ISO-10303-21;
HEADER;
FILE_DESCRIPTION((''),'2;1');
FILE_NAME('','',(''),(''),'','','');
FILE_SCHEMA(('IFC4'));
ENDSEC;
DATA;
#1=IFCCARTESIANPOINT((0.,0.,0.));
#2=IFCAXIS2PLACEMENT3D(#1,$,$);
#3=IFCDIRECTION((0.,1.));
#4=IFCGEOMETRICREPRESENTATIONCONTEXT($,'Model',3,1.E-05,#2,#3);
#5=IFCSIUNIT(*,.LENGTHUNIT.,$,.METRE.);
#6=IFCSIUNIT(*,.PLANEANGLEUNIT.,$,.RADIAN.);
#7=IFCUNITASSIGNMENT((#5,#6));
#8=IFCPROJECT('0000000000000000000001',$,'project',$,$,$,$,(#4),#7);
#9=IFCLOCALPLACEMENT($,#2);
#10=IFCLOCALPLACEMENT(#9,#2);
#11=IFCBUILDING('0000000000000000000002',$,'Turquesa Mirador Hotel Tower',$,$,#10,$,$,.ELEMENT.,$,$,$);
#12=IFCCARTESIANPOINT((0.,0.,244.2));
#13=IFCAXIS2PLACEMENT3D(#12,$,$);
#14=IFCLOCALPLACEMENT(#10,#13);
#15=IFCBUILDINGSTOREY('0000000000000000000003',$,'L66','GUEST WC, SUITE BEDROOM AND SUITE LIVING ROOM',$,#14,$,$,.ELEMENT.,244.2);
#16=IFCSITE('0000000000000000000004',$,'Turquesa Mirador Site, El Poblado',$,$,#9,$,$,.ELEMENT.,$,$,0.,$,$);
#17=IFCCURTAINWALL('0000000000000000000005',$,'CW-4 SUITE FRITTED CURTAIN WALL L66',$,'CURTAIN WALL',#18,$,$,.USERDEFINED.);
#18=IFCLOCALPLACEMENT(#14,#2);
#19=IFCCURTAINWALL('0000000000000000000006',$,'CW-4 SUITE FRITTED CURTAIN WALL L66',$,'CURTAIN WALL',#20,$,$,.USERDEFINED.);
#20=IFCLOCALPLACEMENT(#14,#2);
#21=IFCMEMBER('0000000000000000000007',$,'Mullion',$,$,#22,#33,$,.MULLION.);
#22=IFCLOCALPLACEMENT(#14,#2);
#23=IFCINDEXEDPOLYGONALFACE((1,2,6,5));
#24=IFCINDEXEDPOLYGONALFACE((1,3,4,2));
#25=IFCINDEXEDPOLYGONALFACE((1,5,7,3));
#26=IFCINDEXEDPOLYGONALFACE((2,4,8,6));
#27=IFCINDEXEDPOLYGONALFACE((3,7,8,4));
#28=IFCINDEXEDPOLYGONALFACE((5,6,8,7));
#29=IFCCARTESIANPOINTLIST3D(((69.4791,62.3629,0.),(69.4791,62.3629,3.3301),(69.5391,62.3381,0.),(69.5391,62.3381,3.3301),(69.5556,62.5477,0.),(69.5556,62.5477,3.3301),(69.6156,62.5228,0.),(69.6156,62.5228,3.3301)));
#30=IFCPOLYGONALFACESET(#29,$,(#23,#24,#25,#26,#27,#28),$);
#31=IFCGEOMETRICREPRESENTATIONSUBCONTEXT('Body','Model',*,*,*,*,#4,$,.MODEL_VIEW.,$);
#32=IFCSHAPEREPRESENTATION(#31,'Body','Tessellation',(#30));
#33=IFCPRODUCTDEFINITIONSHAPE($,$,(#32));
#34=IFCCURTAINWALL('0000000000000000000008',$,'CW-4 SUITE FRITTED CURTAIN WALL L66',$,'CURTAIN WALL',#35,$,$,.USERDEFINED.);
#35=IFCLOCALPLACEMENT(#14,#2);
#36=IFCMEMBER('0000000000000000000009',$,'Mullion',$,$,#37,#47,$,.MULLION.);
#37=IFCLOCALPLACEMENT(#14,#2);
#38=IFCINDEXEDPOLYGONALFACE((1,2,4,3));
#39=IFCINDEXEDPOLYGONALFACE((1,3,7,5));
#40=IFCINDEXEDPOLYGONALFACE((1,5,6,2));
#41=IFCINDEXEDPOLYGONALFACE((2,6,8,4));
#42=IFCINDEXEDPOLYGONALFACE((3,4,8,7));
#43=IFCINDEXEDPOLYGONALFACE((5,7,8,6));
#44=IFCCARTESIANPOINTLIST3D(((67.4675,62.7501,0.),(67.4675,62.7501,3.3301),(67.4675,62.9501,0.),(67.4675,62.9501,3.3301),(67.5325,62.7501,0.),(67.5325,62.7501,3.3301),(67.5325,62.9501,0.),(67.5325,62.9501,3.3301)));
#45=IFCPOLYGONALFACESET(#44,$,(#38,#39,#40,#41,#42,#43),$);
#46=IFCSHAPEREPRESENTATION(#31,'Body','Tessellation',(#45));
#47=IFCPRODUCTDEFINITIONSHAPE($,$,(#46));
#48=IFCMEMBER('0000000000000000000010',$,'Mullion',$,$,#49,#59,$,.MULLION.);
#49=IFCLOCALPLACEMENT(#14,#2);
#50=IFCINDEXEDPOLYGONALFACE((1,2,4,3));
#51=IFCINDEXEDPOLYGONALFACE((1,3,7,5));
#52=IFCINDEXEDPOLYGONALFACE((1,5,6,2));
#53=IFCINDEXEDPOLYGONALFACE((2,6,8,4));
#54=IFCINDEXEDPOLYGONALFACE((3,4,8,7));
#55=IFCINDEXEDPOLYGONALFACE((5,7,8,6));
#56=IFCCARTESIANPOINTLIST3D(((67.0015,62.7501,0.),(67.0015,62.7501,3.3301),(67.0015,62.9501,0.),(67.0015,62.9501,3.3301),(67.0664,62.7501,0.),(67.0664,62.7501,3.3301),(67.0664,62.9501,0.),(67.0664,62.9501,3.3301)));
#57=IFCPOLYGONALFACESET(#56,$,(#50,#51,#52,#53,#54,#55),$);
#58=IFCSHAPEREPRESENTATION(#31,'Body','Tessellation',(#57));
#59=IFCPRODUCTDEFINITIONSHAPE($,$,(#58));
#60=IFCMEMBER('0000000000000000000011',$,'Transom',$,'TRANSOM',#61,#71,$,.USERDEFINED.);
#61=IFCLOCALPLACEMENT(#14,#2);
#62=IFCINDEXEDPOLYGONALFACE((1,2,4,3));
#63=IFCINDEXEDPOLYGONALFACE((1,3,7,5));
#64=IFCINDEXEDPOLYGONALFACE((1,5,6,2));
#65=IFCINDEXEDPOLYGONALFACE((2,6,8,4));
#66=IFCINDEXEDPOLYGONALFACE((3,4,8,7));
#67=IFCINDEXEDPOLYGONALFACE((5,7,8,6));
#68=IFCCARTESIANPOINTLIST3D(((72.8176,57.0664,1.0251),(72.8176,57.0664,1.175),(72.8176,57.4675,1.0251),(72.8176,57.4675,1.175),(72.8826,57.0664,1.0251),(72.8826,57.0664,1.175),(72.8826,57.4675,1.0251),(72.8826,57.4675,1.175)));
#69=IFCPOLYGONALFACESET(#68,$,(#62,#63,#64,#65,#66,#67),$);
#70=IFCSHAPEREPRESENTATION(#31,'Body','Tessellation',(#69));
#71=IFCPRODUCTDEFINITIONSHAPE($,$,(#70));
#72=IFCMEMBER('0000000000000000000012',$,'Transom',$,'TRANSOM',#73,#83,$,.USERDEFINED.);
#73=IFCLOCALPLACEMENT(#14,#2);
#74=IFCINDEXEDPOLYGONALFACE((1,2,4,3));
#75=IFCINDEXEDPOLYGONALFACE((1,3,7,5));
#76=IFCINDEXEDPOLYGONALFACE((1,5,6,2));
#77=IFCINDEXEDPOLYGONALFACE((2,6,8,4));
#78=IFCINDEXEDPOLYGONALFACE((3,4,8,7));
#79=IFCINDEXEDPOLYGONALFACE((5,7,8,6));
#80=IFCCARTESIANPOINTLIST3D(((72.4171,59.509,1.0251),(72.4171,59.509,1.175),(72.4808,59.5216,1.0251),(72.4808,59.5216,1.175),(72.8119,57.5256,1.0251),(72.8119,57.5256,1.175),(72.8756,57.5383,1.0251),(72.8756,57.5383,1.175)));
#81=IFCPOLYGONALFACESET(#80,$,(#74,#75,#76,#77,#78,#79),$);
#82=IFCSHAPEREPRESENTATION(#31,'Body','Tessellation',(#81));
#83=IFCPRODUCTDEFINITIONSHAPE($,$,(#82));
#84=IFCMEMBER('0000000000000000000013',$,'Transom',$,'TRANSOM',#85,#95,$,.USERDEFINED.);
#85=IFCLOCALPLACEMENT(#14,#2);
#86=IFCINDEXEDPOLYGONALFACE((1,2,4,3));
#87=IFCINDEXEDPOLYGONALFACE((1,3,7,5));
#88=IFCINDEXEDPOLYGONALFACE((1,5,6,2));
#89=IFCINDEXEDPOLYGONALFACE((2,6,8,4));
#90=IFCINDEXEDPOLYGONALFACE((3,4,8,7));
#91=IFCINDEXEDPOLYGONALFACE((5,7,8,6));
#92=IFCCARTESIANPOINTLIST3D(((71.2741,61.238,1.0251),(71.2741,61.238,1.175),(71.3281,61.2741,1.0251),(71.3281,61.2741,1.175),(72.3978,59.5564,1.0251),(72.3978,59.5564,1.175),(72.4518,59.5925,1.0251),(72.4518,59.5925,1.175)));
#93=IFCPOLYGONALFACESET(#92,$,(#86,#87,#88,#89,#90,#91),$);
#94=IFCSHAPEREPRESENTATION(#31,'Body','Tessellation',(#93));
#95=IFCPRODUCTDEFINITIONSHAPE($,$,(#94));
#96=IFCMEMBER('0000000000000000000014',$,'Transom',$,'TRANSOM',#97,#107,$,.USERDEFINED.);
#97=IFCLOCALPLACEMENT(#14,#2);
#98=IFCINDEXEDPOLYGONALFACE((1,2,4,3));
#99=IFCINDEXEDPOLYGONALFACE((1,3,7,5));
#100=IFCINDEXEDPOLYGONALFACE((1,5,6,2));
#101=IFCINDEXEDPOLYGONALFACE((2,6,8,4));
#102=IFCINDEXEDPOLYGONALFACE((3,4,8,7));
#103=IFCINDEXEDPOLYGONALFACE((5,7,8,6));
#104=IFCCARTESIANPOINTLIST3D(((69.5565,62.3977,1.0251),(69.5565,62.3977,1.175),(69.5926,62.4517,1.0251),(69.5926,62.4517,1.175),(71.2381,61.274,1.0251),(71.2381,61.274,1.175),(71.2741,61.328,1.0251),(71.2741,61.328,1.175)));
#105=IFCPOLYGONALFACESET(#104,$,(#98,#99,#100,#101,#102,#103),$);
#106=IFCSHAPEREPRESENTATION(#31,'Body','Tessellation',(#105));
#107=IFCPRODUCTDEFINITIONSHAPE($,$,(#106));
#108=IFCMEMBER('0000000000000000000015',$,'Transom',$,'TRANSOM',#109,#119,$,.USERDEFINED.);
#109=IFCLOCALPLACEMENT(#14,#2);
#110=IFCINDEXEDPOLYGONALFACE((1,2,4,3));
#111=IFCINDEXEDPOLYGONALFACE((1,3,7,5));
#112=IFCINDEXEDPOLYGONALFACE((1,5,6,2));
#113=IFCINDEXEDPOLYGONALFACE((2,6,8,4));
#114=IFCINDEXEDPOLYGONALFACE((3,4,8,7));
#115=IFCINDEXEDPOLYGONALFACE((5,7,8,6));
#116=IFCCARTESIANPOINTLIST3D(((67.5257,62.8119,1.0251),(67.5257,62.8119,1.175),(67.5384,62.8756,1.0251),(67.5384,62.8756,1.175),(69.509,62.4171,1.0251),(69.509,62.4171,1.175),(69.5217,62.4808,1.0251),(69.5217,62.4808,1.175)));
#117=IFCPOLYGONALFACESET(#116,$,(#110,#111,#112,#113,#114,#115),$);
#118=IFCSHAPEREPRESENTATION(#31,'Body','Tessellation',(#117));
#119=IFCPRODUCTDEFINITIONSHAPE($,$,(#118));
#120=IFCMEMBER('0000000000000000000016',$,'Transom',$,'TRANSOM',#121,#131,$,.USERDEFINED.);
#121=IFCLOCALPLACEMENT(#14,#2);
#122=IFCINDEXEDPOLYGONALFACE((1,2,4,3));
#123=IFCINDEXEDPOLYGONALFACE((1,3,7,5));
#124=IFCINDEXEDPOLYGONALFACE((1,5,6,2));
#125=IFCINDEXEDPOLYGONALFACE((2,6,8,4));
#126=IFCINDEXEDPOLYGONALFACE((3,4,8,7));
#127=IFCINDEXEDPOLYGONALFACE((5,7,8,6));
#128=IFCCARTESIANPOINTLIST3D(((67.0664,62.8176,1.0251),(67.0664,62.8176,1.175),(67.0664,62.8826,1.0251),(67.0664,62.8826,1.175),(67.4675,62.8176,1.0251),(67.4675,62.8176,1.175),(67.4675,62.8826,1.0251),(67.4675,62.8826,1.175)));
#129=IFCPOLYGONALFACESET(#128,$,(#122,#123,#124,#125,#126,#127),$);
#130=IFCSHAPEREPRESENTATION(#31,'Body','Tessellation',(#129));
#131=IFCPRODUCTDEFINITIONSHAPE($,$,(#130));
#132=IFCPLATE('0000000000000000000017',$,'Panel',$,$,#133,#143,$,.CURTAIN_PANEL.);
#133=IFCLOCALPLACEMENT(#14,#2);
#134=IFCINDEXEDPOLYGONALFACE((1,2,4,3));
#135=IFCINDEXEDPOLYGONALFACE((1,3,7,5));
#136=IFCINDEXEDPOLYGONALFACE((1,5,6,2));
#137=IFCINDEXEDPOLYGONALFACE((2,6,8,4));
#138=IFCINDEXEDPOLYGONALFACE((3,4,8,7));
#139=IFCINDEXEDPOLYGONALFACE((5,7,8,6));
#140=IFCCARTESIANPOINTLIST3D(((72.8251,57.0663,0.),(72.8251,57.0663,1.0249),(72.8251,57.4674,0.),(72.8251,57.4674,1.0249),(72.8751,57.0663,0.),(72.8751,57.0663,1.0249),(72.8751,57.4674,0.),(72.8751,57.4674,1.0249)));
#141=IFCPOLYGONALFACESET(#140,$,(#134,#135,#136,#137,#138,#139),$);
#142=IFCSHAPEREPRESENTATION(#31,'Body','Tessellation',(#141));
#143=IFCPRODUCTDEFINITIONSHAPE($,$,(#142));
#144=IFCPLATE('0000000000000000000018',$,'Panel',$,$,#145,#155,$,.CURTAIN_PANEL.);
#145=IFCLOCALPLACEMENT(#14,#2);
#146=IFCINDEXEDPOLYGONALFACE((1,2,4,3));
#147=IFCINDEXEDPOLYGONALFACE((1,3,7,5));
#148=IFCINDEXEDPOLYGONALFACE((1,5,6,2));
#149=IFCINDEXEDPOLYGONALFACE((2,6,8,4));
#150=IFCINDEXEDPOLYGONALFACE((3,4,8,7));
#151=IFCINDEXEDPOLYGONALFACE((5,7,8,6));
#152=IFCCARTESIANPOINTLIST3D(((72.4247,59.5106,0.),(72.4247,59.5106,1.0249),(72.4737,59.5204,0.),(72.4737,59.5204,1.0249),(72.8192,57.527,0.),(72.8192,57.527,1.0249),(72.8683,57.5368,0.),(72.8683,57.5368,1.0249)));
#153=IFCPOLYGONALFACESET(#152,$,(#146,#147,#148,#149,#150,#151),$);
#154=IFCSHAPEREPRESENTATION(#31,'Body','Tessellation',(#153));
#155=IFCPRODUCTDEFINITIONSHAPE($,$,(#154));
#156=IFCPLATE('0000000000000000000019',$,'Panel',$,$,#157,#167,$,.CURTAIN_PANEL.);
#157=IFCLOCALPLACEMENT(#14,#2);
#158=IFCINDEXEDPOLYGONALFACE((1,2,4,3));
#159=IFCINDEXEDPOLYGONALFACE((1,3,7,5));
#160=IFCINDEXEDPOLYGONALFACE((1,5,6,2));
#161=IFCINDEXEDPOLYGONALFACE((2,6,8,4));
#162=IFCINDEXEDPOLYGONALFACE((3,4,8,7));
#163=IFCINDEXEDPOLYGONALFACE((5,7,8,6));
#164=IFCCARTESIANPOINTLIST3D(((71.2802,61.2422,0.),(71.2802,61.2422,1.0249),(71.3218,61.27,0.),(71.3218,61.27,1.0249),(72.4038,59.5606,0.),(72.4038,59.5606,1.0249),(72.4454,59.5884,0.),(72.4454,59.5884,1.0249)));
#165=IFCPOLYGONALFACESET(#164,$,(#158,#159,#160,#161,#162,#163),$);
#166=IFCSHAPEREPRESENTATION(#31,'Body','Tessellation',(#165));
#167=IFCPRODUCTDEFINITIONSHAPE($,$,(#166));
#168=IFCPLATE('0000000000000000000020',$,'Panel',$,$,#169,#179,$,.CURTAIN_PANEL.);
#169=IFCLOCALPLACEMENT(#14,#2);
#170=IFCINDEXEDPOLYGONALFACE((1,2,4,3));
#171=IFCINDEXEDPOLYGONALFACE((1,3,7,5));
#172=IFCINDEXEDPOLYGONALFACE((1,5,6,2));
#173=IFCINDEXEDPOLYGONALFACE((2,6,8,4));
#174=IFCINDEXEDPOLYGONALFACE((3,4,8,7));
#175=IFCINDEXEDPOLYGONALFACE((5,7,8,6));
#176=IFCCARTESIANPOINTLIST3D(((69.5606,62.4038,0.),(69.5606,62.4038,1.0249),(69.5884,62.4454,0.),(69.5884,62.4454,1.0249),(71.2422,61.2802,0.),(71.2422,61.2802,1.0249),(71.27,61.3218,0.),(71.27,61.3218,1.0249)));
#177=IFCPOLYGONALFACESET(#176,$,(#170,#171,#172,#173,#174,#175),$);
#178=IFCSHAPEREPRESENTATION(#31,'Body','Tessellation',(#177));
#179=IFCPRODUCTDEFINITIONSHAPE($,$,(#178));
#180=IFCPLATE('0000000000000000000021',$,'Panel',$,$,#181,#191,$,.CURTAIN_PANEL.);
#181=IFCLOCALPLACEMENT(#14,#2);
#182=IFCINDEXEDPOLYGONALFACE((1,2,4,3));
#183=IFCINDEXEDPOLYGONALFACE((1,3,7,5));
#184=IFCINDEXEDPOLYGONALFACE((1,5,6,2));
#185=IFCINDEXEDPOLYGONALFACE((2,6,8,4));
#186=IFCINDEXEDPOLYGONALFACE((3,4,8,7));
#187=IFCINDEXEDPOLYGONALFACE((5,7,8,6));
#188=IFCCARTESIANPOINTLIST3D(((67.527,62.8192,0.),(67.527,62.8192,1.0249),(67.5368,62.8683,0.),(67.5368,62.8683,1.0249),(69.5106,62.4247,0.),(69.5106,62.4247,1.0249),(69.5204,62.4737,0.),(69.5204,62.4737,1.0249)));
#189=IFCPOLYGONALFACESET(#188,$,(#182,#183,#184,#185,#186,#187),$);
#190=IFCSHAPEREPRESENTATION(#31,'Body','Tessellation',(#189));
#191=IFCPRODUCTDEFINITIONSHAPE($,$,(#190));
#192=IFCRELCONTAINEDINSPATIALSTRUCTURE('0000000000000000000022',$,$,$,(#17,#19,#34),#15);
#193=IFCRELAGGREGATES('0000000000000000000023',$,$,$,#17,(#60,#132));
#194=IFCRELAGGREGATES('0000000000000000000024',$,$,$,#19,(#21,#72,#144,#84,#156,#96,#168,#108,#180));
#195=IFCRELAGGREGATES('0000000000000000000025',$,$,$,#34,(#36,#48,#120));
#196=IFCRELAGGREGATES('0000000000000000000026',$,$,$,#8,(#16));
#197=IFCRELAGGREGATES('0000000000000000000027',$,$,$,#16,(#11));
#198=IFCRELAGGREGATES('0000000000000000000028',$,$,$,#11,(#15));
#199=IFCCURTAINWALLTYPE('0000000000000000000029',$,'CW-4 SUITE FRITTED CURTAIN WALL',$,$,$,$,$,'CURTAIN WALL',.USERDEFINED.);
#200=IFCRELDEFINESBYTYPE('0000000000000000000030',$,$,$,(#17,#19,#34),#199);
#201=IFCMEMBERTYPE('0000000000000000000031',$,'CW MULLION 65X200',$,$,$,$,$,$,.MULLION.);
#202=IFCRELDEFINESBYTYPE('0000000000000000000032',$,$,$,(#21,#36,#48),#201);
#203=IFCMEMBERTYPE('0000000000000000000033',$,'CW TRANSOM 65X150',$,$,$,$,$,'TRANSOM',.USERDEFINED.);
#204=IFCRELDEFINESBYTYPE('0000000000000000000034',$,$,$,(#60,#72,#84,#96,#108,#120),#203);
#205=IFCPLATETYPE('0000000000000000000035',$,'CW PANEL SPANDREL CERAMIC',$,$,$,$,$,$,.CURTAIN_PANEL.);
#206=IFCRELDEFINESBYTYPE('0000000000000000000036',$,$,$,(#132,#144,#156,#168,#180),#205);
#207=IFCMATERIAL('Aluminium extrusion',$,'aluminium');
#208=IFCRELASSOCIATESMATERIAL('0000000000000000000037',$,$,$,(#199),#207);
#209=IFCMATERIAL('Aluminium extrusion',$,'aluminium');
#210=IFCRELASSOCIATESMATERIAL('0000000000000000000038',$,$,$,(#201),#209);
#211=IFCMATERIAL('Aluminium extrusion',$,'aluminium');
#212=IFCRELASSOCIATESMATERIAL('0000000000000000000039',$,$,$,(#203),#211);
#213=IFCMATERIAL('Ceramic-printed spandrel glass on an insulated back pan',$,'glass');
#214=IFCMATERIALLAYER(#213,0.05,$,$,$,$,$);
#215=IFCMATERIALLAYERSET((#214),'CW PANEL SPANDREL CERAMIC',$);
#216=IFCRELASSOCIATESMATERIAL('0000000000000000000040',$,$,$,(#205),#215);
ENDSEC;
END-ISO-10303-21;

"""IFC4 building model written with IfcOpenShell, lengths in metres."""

from ifc_helpers import new_model, si_unit, direction, frame, origin, origin_2d, place, context, subcontext, project, spatial, rectangle, extrude, material, layer, layer_set, material_profile, profile_set, type_object, element, aggregate, save


model = new_model("IFC4")

# Units and contexts
model_context = context("Model", 3, precision=1e-05, world=origin(), true_north=direction((0.0, 1.0)))
body_context = subcontext(model_context, "Body", "Model", "MODEL_VIEW")
ifc_project = project(units=[si_unit("LENGTHUNIT", "METRE"), si_unit("PLANEANGLEUNIT", "RADIAN")], contexts=[model_context])

# Site, building, storey
site_placement = place(None, origin())
site = spatial("IfcSite", under=ifc_project, at=site_placement, Name="Turquesa Mirador Site, El Poblado", CompositionType="ELEMENT", RefElevation=0.0)
building_placement = place(site_placement, origin())
building = spatial("IfcBuilding", under=site, at=building_placement, Name="Turquesa Mirador Hotel Tower", CompositionType="ELEMENT")
storey_placement = place(building_placement, frame((0.0, 0.0, 244.2)))
storey = spatial("IfcBuildingStorey", under=building, at=storey_placement, Name="L66", Description="GUEST WC, SUITE BEDROOM AND SUITE LIVING ROOM", CompositionType="ELEMENT", Elevation=244.2)

# Shared definitions
ifc_material_1 = material(Name="Aluminium extrusion", Category="aluminium")
curtain_wall_type = type_object("IfcCurtainWallType", Name="CW-4 SUITE FRITTED CURTAIN WALL", ElementType="CURTAIN WALL", PredefinedType="USERDEFINED", material=ifc_material_1)
ifc_material_2 = material(Name="Aluminium extrusion", Category="aluminium")
ifc_material_profile_1 = material_profile(ifc_material_2, rectangle(XDim=0.0649, YDim=0.2, at=origin_2d()), Name="MULLION 65X200")
ifc_profile_set_1 = profile_set([ifc_material_profile_1], Name="Aluminium extrusion")
member_type_1 = type_object("IfcMemberType", Name="CW MULLION 65X200", PredefinedType="MULLION", material=ifc_profile_set_1)

# Curtain walls, members
curtain_wall_1_placement = place(storey_placement, origin())
curtain_wall_1 = element("IfcCurtainWall", 1, at=curtain_wall_1_placement, inside=storey, type_object=curtain_wall_type, Name="CW-4 SUITE FRITTED CURTAIN WALL L66", ObjectType="CURTAIN WALL", PredefinedType="USERDEFINED")
curtain_wall_2_placement = place(storey_placement, origin())
curtain_wall_2 = element("IfcCurtainWall", 2, at=curtain_wall_2_placement, inside=storey, type_object=curtain_wall_type, Name="CW-4 SUITE FRITTED CURTAIN WALL L66", ObjectType="CURTAIN WALL", PredefinedType="USERDEFINED")
member_1_placement = place(storey_placement, frame((69.5474, 62.4429, 0.0), z_axis=(0.0, 0.0, 1.0), x_axis=(-0.92388, 0.382683, 0.0)))
member_1 = element("IfcMember", 3, at=member_1_placement, type_object=member_type_1, Name="Mullion", PredefinedType="MULLION", context=body_context, shape_type="SweptSolid", body=[
    extrude(rectangle(XDim=0.0649, YDim=0.2, at=origin_2d()), origin(), (0.0, 0.0, 1.0), 3.3301),
])
curtain_wall_3_placement = place(storey_placement, origin())
curtain_wall_3 = element("IfcCurtainWall", 4, at=curtain_wall_3_placement, inside=storey, type_object=curtain_wall_type, Name="CW-4 SUITE FRITTED CURTAIN WALL L66", ObjectType="CURTAIN WALL", PredefinedType="USERDEFINED")
member_2_placement = place(storey_placement, frame((67.5, 62.8501, 0.0), z_axis=(0.0, 0.0, 1.0), x_axis=(-1.0, 0.0, 0.0)))
member_2 = element("IfcMember", 5, at=member_2_placement, type_object=member_type_1, Name="Mullion", PredefinedType="MULLION", context=body_context, shape_type="SweptSolid", body=[
    extrude(rectangle(XDim=0.0649, YDim=0.2, at=origin_2d()), origin(), (0.0, 0.0, 1.0), 3.3301),
])
member_3_placement = place(storey_placement, frame((67.0339, 62.8501, 0.0), z_axis=(0.0, 0.0, 1.0), x_axis=(-1.0, 0.0, 0.0)))
member_3 = element("IfcMember", 6, at=member_3_placement, type_object=member_type_1, Name="Mullion", PredefinedType="MULLION", context=body_context, shape_type="SweptSolid", body=[
    extrude(rectangle(XDim=0.0649, YDim=0.2, at=origin_2d()), origin(), (0.0, 0.0, 1.0), 3.3301),
])

# Members
ifc_material_3 = material(Name="Aluminium extrusion", Category="aluminium")
ifc_material_profile_2 = material_profile(ifc_material_3, rectangle(XDim=0.0649, YDim=0.1499, at=origin_2d()), Name="TRANSOM 65X150")
ifc_profile_set_2 = profile_set([ifc_material_profile_2], Name="Aluminium extrusion")
member_type_2 = type_object("IfcMemberType", Name="CW TRANSOM 65X150", ElementType="TRANSOM", PredefinedType="USERDEFINED", material=ifc_profile_set_2)
member_4_placement = place(storey_placement, frame((72.8501, 57.0664, 1.1001), z_axis=(0.0, 1.0, 0.0), x_axis=(-1.0, 0.0, 0.0)))
member_4 = element("IfcMember", 7, at=member_4_placement, type_object=member_type_2, Name="Transom", ObjectType="TRANSOM", PredefinedType="USERDEFINED", context=body_context, shape_type="SweptSolid", body=[
    extrude(rectangle(XDim=0.0649, YDim=0.1499, at=origin_2d()), origin(), (0.0, 0.0, 1.0), 0.4011),
])
member_5_placement = place(storey_placement, frame((72.8438, 57.532, 1.1001), z_axis=(-0.195211, 0.980761, 0.0), x_axis=(-0.980761, -0.195211, 0.0)))
member_5 = element("IfcMember", 8, at=member_5_placement, type_object=member_type_2, Name="Transom", ObjectType="TRANSOM", PredefinedType="USERDEFINED", context=body_context, shape_type="SweptSolid", body=[
    extrude(rectangle(XDim=0.0649, YDim=0.1499, at=origin_2d()), origin(), (0.0, 0.0, 1.0), 2.0222),
])
member_6_placement = place(storey_placement, frame((72.4248, 59.5745, 1.1001), z_axis=(-0.555619, 0.831437, 0.0), x_axis=(-0.831437, -0.555619, 0.0)))
member_6 = element("IfcMember", 9, at=member_6_placement, type_object=member_type_2, Name="Transom", ObjectType="TRANSOM", PredefinedType="USERDEFINED", context=body_context, shape_type="SweptSolid", body=[
    extrude(rectangle(XDim=0.0649, YDim=0.1499, at=origin_2d()), origin(), (0.0, 0.0, 1.0), 2.0225),
])
member_7_placement = place(storey_placement, frame((71.2561, 61.301, 1.1001), z_axis=(-0.831437, 0.555619, 0.0), x_axis=(-0.555619, -0.831437, 0.0)))
member_7 = element("IfcMember", 10, at=member_7_placement, type_object=member_type_2, Name="Transom", ObjectType="TRANSOM", PredefinedType="USERDEFINED", context=body_context, shape_type="SweptSolid", body=[
    extrude(rectangle(XDim=0.0649, YDim=0.1499, at=origin_2d()), origin(), (0.0, 0.0, 1.0), 2.0225),
])
member_8_placement = place(storey_placement, frame((69.5154, 62.449, 1.1001), z_axis=(-0.980761, 0.195211, 0.0), x_axis=(-0.195211, -0.980761, 0.0)))
member_8 = element("IfcMember", 11, at=member_8_placement, type_object=member_type_2, Name="Transom", ObjectType="TRANSOM", PredefinedType="USERDEFINED", context=body_context, shape_type="SweptSolid", body=[
    extrude(rectangle(XDim=0.0649, YDim=0.1499, at=origin_2d()), origin(), (0.0, 0.0, 1.0), 2.0222),
])
member_9_placement = place(storey_placement, frame((67.4675, 62.8501, 1.1001), z_axis=(-1.0, 0.0, 0.0), x_axis=(0.0, -1.0, 0.0)))
member_9 = element("IfcMember", 12, at=member_9_placement, type_object=member_type_2, Name="Transom", ObjectType="TRANSOM", PredefinedType="USERDEFINED", context=body_context, shape_type="SweptSolid", body=[
    extrude(rectangle(XDim=0.0649, YDim=0.1499, at=origin_2d()), origin(), (0.0, 0.0, 1.0), 0.4011),
])

# Plates
ifc_material_4 = material(Name="Ceramic-printed spandrel glass on an insulated back pan", Category="glass")
ifc_layer_1 = layer(ifc_material_4, 0.05)
ifc_layer_set_1 = layer_set([ifc_layer_1], Name="CW PANEL SPANDREL CERAMIC")
plate_type_1 = type_object("IfcPlateType", Name="CW PANEL SPANDREL CERAMIC", PredefinedType="CURTAIN_PANEL", material=ifc_layer_set_1)
plate_1_placement = place(storey_placement, frame((72.8501, 57.2668, 0.0), z_axis=(0.0, 0.0, 1.0), x_axis=(0.0, 1.0, 0.0)))
plate_1 = element("IfcPlate", 13, at=plate_1_placement, type_object=plate_type_1, Name="Panel", PredefinedType="CURTAIN_PANEL", context=body_context, shape_type="SweptSolid", body=[
    extrude(rectangle(XDim=0.4011, YDim=0.05, at=origin_2d()), origin(), (0.0, 0.0, 1.0), 1.0249),
])
plate_2_placement = place(storey_placement, frame((72.6465, 58.5237, 0.0), z_axis=(0.0, 0.0, 1.0), x_axis=(-0.195091, 0.980785, 0.0)))
plate_2 = element("IfcPlate", 14, at=plate_2_placement, type_object=plate_type_1, Name="Panel", PredefinedType="CURTAIN_PANEL", context=body_context, shape_type="SweptSolid", body=[
    extrude(rectangle(XDim=2.0225, YDim=0.05, at=origin_2d()), origin(), (0.0, 0.0, 1.0), 1.0249),
])
plate_3_placement = place(storey_placement, frame((71.8628, 60.4153, 0.0), z_axis=(0.0, 0.0, 1.0), x_axis=(-0.55557, 0.83147, 0.0)))
plate_3 = element("IfcPlate", 15, at=plate_3_placement, type_object=plate_type_1, Name="Panel", PredefinedType="CURTAIN_PANEL", context=body_context, shape_type="SweptSolid", body=[
    extrude(rectangle(XDim=2.0225, YDim=0.05, at=origin_2d()), origin(), (0.0, 0.0, 1.0), 1.0249),
])
plate_4_placement = place(storey_placement, frame((70.4153, 61.8628, 0.0), z_axis=(0.0, 0.0, 1.0), x_axis=(-0.83147, 0.55557, 0.0)))
plate_4 = element("IfcPlate", 16, at=plate_4_placement, type_object=plate_type_1, Name="Panel", PredefinedType="CURTAIN_PANEL", context=body_context, shape_type="SweptSolid", body=[
    extrude(rectangle(XDim=2.0225, YDim=0.05, at=origin_2d()), origin(), (0.0, 0.0, 1.0), 1.0249),
])
plate_5_placement = place(storey_placement, frame((68.5237, 62.6465, 0.0), z_axis=(0.0, 0.0, 1.0), x_axis=(-0.980785, 0.195091, 0.0)))
plate_5 = element("IfcPlate", 17, at=plate_5_placement, type_object=plate_type_1, Name="Panel", PredefinedType="CURTAIN_PANEL", context=body_context, shape_type="SweptSolid", body=[
    extrude(rectangle(XDim=2.0225, YDim=0.05, at=origin_2d()), origin(), (0.0, 0.0, 1.0), 1.0249),
])
aggregate(curtain_wall_1, [member_4, plate_1])
aggregate(curtain_wall_2, [member_1, member_5, plate_2, member_6, plate_3, member_7, plate_4, member_8, plate_5])
aggregate(curtain_wall_3, [member_2, member_3, member_9])

save(model, "model.ifc")
